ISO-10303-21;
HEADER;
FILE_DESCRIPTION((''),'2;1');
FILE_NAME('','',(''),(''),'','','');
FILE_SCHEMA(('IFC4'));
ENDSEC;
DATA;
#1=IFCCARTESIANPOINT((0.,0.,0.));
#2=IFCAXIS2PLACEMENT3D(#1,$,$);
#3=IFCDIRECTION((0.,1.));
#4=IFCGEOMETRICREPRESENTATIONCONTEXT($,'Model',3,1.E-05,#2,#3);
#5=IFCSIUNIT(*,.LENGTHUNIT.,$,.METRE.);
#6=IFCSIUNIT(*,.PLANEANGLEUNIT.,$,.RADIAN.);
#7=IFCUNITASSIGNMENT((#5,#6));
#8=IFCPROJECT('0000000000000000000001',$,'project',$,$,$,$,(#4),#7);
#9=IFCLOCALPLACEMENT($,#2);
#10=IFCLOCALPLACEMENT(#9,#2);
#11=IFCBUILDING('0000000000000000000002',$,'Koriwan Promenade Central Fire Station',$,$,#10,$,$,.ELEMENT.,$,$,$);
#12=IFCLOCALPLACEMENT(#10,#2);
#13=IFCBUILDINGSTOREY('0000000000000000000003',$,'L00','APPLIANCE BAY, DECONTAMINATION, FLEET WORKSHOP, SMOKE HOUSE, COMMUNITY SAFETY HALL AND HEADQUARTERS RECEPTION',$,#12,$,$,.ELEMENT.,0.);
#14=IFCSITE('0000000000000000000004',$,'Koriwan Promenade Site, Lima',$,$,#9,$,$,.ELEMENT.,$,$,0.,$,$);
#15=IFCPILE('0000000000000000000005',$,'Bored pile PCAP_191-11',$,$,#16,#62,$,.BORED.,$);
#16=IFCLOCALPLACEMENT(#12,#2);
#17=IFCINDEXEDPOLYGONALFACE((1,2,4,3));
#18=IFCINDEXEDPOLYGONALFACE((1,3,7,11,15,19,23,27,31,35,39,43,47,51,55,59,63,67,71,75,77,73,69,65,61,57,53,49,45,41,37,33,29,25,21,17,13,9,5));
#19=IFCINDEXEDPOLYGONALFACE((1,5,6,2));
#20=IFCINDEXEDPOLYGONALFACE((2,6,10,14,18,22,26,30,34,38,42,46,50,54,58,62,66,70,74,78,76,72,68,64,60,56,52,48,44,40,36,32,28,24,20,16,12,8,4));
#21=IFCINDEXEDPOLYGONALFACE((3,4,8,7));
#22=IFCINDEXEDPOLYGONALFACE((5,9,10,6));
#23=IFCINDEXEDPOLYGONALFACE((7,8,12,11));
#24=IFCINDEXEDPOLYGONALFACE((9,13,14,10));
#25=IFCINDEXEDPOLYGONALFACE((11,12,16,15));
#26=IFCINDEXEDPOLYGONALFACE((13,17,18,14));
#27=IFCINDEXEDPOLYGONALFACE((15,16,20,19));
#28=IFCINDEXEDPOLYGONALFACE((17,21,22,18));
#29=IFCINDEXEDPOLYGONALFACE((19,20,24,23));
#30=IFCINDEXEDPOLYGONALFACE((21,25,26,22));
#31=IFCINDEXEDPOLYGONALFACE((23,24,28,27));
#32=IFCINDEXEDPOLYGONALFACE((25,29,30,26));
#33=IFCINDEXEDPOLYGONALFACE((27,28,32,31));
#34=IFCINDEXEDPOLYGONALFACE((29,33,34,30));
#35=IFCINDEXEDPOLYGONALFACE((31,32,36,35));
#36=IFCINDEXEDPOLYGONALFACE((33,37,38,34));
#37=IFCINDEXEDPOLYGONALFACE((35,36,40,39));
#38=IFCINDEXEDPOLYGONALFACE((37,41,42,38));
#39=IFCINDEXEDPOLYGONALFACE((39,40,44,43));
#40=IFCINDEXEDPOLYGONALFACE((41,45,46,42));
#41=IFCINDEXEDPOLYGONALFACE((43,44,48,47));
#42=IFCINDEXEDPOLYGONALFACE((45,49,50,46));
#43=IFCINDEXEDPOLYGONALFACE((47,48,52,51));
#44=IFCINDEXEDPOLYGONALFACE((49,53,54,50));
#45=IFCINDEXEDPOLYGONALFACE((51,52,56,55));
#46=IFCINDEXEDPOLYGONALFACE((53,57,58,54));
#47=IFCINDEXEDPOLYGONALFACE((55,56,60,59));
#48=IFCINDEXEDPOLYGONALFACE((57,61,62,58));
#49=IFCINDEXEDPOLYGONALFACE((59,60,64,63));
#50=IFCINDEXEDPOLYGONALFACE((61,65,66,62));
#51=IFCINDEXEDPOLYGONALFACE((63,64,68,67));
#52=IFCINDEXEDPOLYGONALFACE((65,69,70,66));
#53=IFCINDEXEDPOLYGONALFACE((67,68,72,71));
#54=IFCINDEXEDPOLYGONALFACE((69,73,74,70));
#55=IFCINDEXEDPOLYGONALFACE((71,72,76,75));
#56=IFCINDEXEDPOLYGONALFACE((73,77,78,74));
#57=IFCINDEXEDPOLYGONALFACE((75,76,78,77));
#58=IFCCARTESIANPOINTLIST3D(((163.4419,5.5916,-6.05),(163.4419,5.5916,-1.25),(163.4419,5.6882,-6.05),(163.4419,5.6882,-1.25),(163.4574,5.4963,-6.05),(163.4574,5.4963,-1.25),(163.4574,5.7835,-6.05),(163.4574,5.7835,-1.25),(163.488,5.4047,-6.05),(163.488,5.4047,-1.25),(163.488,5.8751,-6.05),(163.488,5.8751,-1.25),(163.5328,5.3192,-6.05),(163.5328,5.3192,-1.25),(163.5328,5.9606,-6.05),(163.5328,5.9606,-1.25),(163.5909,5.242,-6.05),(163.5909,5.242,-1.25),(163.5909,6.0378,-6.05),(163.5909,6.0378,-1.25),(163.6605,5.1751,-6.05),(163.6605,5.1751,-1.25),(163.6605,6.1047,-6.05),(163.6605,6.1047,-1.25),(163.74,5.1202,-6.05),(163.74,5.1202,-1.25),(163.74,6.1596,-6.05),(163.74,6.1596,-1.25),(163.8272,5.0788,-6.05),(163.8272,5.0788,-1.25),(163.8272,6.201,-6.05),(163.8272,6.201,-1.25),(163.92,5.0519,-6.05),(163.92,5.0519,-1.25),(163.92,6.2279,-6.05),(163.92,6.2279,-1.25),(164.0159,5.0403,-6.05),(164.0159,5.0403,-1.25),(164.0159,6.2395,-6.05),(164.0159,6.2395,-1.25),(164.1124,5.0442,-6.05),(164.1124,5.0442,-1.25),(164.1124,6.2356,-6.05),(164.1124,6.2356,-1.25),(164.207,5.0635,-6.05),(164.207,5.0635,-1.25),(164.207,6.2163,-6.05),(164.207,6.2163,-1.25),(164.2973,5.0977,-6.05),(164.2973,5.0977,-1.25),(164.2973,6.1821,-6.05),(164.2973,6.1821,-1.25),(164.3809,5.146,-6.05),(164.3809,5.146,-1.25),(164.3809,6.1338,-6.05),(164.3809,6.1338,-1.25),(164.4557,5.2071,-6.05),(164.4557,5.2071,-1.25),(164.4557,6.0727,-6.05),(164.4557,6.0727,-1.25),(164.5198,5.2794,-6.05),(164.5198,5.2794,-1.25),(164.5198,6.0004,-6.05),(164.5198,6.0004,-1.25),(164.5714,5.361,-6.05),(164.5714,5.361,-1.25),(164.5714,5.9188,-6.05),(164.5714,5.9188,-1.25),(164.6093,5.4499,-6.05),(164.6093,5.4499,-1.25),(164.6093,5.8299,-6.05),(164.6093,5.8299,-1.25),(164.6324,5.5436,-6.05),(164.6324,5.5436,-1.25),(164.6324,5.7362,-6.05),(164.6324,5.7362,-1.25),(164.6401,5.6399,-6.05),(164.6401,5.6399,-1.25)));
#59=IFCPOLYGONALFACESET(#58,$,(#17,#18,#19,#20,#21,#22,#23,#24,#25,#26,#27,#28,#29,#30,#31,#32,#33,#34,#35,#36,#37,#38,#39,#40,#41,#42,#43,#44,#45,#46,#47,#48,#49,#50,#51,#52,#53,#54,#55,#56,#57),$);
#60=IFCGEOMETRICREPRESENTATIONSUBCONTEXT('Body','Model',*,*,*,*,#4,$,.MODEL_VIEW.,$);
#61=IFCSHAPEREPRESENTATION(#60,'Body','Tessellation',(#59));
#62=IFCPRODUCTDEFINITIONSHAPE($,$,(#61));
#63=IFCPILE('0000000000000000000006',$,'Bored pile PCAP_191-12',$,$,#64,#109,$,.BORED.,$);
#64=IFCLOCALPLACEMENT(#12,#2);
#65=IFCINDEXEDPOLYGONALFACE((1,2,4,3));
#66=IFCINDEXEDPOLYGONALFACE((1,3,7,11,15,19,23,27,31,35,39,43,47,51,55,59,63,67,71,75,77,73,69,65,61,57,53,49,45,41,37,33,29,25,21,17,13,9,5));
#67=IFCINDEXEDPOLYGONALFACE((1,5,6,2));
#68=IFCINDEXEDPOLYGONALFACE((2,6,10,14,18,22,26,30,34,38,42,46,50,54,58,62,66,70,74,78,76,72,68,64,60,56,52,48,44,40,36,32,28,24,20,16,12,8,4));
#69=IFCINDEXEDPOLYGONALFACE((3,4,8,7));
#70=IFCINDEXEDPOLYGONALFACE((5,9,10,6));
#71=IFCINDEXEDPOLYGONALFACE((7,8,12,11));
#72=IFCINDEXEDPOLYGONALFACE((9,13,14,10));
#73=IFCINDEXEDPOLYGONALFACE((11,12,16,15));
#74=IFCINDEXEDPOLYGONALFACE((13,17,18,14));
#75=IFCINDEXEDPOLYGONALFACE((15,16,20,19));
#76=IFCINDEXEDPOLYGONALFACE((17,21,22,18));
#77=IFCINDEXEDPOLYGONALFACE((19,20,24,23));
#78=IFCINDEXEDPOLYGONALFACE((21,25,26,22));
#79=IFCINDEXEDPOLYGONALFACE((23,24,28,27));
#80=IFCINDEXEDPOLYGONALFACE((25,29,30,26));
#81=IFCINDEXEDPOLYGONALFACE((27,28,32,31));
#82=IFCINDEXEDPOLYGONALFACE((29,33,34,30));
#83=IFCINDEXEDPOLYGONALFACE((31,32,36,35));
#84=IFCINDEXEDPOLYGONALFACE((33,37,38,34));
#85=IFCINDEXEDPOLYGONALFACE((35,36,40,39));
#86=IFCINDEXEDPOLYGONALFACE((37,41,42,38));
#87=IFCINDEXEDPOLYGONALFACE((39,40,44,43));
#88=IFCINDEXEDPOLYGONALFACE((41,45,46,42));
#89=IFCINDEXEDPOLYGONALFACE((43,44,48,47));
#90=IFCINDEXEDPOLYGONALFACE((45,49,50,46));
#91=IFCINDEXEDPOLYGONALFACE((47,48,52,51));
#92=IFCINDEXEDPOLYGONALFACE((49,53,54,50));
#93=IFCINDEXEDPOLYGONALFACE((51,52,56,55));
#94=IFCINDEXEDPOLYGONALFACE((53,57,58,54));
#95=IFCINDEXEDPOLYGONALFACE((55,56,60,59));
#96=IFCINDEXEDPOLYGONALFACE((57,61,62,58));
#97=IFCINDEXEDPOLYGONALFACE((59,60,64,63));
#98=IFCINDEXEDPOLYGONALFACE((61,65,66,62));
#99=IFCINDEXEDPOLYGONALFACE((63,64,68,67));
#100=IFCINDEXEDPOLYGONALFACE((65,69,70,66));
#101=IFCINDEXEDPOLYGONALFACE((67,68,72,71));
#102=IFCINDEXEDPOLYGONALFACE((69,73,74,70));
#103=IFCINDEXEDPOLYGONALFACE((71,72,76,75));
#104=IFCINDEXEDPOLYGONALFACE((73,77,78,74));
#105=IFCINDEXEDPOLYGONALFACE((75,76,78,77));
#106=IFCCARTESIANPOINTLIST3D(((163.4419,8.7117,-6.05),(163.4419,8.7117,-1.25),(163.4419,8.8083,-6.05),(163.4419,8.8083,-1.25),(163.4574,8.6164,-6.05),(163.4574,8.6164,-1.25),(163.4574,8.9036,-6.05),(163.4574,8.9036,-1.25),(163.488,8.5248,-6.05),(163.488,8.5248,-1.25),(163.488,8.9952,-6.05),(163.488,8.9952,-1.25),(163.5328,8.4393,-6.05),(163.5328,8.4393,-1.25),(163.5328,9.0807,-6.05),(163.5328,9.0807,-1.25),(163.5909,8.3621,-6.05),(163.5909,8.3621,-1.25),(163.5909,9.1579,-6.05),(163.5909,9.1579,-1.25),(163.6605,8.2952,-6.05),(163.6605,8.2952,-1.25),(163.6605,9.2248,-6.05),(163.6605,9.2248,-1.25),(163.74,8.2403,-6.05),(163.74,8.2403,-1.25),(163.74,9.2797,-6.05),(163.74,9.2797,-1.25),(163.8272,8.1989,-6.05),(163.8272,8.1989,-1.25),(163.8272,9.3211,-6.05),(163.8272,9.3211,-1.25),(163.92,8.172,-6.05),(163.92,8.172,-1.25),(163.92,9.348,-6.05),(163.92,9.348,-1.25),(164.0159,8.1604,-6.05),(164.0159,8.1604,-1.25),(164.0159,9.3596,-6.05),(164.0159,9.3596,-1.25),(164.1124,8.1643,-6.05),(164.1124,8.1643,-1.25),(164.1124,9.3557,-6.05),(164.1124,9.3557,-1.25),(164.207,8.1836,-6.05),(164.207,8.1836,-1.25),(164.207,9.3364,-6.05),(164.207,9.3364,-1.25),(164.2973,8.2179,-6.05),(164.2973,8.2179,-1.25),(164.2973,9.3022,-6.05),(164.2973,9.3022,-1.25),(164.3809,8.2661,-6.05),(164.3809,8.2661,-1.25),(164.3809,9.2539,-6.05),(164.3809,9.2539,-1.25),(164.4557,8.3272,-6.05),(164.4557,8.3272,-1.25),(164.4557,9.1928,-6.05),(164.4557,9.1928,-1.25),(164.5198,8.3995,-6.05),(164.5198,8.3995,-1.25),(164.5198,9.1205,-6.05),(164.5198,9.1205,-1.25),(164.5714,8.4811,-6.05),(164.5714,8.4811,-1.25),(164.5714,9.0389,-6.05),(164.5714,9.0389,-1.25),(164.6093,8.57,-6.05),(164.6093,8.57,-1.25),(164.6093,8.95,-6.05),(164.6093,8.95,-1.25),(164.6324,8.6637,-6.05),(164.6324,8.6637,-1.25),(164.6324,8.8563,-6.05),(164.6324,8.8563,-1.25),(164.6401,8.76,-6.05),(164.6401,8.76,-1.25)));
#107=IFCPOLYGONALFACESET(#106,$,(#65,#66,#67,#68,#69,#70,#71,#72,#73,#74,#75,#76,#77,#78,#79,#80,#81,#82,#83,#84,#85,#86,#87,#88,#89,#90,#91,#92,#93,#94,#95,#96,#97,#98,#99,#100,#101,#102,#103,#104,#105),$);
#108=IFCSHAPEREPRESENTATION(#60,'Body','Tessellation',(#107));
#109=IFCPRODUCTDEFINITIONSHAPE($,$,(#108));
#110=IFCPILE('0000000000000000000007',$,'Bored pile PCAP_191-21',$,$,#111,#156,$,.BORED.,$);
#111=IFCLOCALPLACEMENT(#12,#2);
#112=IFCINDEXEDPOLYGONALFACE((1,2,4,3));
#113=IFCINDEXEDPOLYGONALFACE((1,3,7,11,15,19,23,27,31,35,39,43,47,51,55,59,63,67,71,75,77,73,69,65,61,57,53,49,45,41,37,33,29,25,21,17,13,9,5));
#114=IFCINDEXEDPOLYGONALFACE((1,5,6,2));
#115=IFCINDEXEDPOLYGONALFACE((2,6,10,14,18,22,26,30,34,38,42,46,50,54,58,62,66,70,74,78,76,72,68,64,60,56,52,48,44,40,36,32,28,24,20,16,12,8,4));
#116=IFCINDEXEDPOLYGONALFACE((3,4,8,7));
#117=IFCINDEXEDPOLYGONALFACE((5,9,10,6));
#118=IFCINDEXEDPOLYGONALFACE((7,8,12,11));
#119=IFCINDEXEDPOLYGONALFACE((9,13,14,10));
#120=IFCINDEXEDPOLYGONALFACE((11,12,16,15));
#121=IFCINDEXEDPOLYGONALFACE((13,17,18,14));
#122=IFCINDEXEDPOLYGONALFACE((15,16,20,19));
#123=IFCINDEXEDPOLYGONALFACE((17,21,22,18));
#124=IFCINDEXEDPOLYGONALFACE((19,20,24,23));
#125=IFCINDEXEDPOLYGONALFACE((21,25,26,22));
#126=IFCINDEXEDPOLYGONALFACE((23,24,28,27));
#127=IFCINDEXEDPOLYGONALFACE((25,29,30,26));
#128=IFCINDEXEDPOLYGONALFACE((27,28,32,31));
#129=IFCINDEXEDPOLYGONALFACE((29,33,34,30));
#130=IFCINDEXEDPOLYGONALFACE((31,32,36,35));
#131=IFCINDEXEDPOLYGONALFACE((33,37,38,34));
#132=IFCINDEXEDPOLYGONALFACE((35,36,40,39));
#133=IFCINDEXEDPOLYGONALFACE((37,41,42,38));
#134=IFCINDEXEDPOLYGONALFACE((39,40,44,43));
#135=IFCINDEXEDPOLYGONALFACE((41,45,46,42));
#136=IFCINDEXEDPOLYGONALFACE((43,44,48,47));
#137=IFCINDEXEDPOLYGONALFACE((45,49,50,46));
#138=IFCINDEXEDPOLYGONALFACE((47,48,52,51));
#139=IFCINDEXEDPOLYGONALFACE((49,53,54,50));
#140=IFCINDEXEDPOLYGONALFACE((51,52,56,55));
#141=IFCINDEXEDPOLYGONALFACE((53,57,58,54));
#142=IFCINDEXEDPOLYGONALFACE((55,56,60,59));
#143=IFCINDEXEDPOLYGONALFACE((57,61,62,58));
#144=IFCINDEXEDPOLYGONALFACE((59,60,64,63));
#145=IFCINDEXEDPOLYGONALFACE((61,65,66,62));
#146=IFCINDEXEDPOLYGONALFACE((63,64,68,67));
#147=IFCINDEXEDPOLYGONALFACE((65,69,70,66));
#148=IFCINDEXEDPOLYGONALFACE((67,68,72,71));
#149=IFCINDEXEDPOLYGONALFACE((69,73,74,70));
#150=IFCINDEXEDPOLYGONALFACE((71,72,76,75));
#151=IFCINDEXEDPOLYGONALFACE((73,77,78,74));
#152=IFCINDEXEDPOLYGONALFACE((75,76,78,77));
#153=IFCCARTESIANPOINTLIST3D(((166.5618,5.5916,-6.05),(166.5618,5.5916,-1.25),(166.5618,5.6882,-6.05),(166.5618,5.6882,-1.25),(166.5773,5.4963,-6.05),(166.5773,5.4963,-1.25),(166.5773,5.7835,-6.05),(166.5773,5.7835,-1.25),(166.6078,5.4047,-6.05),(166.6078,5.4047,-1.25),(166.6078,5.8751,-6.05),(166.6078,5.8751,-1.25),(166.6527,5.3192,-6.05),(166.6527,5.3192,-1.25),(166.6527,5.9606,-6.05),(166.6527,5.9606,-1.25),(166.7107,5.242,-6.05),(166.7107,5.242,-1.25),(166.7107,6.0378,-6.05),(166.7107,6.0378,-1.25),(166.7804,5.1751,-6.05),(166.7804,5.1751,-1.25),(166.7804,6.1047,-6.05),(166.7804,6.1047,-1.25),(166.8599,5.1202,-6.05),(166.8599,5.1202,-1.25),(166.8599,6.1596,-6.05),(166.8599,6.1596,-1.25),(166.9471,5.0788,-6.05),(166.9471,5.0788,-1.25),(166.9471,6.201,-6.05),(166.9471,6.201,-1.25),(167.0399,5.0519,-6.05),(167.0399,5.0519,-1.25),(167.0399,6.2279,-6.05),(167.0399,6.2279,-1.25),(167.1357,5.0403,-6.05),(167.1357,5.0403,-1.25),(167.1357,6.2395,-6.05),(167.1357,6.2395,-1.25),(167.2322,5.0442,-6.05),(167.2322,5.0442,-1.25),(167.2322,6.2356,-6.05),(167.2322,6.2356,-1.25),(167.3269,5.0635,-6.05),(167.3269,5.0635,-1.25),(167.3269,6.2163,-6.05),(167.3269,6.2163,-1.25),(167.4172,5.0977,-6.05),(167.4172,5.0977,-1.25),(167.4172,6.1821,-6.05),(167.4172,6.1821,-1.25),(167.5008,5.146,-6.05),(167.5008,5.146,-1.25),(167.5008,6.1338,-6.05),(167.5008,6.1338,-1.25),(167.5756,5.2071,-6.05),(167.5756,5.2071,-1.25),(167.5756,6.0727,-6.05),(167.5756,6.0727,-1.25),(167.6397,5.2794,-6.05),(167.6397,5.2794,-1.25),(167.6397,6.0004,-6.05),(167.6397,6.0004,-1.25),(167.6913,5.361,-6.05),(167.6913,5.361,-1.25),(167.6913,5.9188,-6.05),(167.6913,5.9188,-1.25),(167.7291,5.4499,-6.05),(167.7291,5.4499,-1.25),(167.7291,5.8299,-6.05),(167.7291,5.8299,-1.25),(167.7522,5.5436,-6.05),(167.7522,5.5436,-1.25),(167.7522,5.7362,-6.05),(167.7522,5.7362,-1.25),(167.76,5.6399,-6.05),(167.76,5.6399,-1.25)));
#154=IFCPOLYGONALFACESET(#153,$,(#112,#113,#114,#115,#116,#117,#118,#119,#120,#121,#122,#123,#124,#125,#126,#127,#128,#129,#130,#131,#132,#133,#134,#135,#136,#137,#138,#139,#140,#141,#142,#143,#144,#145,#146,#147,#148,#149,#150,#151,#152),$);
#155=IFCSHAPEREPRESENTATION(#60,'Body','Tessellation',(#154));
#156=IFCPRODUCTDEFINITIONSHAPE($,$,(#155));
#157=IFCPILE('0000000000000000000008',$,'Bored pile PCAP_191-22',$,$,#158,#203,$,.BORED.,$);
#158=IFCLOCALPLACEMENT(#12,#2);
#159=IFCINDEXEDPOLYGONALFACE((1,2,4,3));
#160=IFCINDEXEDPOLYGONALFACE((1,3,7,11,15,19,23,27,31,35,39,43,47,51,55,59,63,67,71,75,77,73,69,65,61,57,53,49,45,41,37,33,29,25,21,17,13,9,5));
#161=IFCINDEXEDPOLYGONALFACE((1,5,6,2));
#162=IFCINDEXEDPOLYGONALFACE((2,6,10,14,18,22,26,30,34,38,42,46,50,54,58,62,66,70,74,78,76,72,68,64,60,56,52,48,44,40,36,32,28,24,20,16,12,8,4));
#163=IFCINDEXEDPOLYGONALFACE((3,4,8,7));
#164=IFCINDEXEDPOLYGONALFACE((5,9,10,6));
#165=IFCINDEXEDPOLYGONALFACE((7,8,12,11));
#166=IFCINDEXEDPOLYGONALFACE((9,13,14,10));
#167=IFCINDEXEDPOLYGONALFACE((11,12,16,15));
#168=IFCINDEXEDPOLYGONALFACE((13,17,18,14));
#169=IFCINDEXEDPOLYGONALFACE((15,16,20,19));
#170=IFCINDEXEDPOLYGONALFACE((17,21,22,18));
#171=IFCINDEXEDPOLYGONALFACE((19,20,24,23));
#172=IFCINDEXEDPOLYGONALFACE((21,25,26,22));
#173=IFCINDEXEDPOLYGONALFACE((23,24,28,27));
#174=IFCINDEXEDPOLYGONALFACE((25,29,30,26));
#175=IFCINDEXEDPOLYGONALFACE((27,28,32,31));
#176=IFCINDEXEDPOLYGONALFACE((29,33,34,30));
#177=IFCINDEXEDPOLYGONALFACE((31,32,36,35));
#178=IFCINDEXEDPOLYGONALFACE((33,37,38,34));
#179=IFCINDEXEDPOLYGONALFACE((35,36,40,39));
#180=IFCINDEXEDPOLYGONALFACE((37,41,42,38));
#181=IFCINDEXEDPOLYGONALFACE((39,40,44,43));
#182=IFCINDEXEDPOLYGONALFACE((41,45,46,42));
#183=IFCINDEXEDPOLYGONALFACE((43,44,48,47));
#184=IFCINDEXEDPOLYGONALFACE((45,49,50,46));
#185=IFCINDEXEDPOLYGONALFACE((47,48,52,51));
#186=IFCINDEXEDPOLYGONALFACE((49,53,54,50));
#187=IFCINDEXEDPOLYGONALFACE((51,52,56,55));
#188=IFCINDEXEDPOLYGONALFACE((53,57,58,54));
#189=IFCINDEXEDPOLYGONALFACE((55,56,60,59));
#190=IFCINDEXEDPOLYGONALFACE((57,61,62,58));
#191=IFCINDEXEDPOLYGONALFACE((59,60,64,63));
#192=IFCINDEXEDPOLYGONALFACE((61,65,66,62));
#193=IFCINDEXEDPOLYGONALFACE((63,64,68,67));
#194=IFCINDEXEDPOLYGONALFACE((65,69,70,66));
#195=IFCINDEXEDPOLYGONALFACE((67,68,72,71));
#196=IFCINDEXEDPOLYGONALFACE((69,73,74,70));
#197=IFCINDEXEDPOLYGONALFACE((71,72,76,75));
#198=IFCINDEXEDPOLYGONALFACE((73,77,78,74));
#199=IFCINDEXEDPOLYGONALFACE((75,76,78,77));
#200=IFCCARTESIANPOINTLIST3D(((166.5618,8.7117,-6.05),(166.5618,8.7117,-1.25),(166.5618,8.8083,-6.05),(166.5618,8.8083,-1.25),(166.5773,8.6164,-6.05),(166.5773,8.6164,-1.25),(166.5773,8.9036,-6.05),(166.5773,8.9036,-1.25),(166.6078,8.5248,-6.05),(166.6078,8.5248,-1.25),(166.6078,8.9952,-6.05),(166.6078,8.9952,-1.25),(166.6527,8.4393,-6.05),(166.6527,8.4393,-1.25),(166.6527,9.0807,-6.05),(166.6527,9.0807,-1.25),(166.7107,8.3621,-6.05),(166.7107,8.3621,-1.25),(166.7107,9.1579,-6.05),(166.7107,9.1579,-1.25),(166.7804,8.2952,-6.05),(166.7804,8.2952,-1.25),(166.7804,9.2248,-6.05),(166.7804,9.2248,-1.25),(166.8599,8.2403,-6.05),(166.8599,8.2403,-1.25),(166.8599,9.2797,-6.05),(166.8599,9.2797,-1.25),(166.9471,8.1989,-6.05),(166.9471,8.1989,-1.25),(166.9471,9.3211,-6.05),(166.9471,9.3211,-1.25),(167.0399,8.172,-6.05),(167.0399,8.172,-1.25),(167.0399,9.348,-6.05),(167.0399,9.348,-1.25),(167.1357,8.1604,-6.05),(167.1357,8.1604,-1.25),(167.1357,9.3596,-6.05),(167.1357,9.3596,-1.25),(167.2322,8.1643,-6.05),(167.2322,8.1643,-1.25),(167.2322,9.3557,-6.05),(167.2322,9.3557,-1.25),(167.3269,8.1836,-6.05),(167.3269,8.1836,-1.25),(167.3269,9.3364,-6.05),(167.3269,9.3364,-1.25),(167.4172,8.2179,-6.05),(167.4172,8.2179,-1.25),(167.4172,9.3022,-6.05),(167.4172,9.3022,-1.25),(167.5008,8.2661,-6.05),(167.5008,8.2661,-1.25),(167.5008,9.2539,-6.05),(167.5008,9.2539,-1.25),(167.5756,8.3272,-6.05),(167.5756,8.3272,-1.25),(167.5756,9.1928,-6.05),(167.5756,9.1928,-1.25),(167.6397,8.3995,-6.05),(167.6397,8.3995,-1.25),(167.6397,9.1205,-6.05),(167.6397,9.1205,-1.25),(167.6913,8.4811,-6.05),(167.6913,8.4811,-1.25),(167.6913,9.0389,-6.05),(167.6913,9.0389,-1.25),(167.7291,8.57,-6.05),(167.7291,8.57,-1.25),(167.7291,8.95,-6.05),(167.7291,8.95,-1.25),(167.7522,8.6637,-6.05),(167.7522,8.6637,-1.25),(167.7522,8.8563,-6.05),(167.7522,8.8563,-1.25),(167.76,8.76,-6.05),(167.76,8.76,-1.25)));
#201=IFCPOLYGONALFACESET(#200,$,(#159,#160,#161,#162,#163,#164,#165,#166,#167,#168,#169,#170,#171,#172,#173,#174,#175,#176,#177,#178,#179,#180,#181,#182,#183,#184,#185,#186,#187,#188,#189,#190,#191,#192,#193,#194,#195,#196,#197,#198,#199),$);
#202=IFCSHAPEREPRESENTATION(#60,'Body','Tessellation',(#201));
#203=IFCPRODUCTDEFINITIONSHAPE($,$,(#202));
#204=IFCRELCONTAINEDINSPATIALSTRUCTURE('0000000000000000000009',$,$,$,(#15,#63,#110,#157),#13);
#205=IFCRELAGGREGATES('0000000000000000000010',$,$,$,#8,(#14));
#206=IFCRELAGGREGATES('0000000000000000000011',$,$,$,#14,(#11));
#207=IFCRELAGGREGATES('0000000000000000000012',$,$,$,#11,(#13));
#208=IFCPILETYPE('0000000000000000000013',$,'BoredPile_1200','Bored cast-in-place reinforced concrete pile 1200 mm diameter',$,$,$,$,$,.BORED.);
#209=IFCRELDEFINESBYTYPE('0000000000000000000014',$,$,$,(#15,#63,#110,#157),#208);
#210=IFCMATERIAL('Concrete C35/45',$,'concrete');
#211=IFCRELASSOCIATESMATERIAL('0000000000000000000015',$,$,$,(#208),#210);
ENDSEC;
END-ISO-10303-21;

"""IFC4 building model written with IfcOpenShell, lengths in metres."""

from ifc_helpers import new_model, si_unit, direction, frame, origin, origin_2d, place, context, subcontext, project, spatial, circle, extrude, material, material_profile, profile_set, type_object, element, save


model = new_model("IFC4")

# Units and contexts
model_context = context("Model", 3, precision=1e-05, world=origin(), true_north=direction((0.0, 1.0)))
body_context = subcontext(model_context, "Body", "Model", "MODEL_VIEW")
ifc_project = project(units=[si_unit("LENGTHUNIT", "METRE"), si_unit("PLANEANGLEUNIT", "RADIAN")], contexts=[model_context])

# Site, building, storey
site_placement = place(None, origin())
site = spatial("IfcSite", under=ifc_project, at=site_placement, Name="Koriwan Promenade Site, Lima", CompositionType="ELEMENT", RefElevation=0.0)
building_placement = place(site_placement, origin())
building = spatial("IfcBuilding", under=site, at=building_placement, Name="Koriwan Promenade Central Fire Station", CompositionType="ELEMENT")
storey_placement = place(building_placement, origin())
storey = spatial("IfcBuildingStorey", under=building, at=storey_placement, Name="L00", Description="APPLIANCE BAY, DECONTAMINATION, FLEET WORKSHOP, SMOKE HOUSE, COMMUNITY SAFETY HALL AND HEADQUARTERS RECEPTION", CompositionType="ELEMENT", Elevation=0.0)

# Piles
ifc_material_1 = material(Name="Concrete C35/45", Category="concrete")
ifc_material_profile_1 = material_profile(ifc_material_1, circle(Radius=0.6001, at=origin_2d()), Name="PILE-D1200")
ifc_profile_set_1 = profile_set([ifc_material_profile_1], Name="Concrete C35/45")
pile_type = type_object("IfcPileType", Name="BoredPile_1200", Description="Bored cast-in-place reinforced concrete pile 1200 mm diameter", PredefinedType="BORED", material=ifc_profile_set_1)
for number, where, z_axis, x_axis, name in (
    (1, (164.04, 5.6399, -1.25), (0.0, 0.0, -1.0), (1.0, 0.0, 0.0), "Bored pile PCAP_191-11"),
    (2, (164.04, 8.76, -1.25), (0.0, 0.0, -1.0), (1.0, 0.0, 0.0), "Bored pile PCAP_191-12"),
    (3, (167.1599, 5.6399, -1.25), (0.0, 0.0, -1.0), (1.0, 0.0, 0.0), "Bored pile PCAP_191-21"),
    (4, (167.1599, 8.76, -1.25), (0.0, 0.0, -1.0), (1.0, 0.0, 0.0), "Bored pile PCAP_191-22"),
):
    element("IfcPile", number, at=place(storey_placement, frame(where, z_axis=z_axis, x_axis=x_axis)), inside=storey, type_object=pile_type, Name=name, PredefinedType="BORED", context=body_context, shape_type="SweptSolid", body=[
        extrude(circle(Radius=0.6001, at=origin_2d()), origin(), (0.0, 0.0, 1.0), 4.8),
    ])

save(model, "model.ifc")
